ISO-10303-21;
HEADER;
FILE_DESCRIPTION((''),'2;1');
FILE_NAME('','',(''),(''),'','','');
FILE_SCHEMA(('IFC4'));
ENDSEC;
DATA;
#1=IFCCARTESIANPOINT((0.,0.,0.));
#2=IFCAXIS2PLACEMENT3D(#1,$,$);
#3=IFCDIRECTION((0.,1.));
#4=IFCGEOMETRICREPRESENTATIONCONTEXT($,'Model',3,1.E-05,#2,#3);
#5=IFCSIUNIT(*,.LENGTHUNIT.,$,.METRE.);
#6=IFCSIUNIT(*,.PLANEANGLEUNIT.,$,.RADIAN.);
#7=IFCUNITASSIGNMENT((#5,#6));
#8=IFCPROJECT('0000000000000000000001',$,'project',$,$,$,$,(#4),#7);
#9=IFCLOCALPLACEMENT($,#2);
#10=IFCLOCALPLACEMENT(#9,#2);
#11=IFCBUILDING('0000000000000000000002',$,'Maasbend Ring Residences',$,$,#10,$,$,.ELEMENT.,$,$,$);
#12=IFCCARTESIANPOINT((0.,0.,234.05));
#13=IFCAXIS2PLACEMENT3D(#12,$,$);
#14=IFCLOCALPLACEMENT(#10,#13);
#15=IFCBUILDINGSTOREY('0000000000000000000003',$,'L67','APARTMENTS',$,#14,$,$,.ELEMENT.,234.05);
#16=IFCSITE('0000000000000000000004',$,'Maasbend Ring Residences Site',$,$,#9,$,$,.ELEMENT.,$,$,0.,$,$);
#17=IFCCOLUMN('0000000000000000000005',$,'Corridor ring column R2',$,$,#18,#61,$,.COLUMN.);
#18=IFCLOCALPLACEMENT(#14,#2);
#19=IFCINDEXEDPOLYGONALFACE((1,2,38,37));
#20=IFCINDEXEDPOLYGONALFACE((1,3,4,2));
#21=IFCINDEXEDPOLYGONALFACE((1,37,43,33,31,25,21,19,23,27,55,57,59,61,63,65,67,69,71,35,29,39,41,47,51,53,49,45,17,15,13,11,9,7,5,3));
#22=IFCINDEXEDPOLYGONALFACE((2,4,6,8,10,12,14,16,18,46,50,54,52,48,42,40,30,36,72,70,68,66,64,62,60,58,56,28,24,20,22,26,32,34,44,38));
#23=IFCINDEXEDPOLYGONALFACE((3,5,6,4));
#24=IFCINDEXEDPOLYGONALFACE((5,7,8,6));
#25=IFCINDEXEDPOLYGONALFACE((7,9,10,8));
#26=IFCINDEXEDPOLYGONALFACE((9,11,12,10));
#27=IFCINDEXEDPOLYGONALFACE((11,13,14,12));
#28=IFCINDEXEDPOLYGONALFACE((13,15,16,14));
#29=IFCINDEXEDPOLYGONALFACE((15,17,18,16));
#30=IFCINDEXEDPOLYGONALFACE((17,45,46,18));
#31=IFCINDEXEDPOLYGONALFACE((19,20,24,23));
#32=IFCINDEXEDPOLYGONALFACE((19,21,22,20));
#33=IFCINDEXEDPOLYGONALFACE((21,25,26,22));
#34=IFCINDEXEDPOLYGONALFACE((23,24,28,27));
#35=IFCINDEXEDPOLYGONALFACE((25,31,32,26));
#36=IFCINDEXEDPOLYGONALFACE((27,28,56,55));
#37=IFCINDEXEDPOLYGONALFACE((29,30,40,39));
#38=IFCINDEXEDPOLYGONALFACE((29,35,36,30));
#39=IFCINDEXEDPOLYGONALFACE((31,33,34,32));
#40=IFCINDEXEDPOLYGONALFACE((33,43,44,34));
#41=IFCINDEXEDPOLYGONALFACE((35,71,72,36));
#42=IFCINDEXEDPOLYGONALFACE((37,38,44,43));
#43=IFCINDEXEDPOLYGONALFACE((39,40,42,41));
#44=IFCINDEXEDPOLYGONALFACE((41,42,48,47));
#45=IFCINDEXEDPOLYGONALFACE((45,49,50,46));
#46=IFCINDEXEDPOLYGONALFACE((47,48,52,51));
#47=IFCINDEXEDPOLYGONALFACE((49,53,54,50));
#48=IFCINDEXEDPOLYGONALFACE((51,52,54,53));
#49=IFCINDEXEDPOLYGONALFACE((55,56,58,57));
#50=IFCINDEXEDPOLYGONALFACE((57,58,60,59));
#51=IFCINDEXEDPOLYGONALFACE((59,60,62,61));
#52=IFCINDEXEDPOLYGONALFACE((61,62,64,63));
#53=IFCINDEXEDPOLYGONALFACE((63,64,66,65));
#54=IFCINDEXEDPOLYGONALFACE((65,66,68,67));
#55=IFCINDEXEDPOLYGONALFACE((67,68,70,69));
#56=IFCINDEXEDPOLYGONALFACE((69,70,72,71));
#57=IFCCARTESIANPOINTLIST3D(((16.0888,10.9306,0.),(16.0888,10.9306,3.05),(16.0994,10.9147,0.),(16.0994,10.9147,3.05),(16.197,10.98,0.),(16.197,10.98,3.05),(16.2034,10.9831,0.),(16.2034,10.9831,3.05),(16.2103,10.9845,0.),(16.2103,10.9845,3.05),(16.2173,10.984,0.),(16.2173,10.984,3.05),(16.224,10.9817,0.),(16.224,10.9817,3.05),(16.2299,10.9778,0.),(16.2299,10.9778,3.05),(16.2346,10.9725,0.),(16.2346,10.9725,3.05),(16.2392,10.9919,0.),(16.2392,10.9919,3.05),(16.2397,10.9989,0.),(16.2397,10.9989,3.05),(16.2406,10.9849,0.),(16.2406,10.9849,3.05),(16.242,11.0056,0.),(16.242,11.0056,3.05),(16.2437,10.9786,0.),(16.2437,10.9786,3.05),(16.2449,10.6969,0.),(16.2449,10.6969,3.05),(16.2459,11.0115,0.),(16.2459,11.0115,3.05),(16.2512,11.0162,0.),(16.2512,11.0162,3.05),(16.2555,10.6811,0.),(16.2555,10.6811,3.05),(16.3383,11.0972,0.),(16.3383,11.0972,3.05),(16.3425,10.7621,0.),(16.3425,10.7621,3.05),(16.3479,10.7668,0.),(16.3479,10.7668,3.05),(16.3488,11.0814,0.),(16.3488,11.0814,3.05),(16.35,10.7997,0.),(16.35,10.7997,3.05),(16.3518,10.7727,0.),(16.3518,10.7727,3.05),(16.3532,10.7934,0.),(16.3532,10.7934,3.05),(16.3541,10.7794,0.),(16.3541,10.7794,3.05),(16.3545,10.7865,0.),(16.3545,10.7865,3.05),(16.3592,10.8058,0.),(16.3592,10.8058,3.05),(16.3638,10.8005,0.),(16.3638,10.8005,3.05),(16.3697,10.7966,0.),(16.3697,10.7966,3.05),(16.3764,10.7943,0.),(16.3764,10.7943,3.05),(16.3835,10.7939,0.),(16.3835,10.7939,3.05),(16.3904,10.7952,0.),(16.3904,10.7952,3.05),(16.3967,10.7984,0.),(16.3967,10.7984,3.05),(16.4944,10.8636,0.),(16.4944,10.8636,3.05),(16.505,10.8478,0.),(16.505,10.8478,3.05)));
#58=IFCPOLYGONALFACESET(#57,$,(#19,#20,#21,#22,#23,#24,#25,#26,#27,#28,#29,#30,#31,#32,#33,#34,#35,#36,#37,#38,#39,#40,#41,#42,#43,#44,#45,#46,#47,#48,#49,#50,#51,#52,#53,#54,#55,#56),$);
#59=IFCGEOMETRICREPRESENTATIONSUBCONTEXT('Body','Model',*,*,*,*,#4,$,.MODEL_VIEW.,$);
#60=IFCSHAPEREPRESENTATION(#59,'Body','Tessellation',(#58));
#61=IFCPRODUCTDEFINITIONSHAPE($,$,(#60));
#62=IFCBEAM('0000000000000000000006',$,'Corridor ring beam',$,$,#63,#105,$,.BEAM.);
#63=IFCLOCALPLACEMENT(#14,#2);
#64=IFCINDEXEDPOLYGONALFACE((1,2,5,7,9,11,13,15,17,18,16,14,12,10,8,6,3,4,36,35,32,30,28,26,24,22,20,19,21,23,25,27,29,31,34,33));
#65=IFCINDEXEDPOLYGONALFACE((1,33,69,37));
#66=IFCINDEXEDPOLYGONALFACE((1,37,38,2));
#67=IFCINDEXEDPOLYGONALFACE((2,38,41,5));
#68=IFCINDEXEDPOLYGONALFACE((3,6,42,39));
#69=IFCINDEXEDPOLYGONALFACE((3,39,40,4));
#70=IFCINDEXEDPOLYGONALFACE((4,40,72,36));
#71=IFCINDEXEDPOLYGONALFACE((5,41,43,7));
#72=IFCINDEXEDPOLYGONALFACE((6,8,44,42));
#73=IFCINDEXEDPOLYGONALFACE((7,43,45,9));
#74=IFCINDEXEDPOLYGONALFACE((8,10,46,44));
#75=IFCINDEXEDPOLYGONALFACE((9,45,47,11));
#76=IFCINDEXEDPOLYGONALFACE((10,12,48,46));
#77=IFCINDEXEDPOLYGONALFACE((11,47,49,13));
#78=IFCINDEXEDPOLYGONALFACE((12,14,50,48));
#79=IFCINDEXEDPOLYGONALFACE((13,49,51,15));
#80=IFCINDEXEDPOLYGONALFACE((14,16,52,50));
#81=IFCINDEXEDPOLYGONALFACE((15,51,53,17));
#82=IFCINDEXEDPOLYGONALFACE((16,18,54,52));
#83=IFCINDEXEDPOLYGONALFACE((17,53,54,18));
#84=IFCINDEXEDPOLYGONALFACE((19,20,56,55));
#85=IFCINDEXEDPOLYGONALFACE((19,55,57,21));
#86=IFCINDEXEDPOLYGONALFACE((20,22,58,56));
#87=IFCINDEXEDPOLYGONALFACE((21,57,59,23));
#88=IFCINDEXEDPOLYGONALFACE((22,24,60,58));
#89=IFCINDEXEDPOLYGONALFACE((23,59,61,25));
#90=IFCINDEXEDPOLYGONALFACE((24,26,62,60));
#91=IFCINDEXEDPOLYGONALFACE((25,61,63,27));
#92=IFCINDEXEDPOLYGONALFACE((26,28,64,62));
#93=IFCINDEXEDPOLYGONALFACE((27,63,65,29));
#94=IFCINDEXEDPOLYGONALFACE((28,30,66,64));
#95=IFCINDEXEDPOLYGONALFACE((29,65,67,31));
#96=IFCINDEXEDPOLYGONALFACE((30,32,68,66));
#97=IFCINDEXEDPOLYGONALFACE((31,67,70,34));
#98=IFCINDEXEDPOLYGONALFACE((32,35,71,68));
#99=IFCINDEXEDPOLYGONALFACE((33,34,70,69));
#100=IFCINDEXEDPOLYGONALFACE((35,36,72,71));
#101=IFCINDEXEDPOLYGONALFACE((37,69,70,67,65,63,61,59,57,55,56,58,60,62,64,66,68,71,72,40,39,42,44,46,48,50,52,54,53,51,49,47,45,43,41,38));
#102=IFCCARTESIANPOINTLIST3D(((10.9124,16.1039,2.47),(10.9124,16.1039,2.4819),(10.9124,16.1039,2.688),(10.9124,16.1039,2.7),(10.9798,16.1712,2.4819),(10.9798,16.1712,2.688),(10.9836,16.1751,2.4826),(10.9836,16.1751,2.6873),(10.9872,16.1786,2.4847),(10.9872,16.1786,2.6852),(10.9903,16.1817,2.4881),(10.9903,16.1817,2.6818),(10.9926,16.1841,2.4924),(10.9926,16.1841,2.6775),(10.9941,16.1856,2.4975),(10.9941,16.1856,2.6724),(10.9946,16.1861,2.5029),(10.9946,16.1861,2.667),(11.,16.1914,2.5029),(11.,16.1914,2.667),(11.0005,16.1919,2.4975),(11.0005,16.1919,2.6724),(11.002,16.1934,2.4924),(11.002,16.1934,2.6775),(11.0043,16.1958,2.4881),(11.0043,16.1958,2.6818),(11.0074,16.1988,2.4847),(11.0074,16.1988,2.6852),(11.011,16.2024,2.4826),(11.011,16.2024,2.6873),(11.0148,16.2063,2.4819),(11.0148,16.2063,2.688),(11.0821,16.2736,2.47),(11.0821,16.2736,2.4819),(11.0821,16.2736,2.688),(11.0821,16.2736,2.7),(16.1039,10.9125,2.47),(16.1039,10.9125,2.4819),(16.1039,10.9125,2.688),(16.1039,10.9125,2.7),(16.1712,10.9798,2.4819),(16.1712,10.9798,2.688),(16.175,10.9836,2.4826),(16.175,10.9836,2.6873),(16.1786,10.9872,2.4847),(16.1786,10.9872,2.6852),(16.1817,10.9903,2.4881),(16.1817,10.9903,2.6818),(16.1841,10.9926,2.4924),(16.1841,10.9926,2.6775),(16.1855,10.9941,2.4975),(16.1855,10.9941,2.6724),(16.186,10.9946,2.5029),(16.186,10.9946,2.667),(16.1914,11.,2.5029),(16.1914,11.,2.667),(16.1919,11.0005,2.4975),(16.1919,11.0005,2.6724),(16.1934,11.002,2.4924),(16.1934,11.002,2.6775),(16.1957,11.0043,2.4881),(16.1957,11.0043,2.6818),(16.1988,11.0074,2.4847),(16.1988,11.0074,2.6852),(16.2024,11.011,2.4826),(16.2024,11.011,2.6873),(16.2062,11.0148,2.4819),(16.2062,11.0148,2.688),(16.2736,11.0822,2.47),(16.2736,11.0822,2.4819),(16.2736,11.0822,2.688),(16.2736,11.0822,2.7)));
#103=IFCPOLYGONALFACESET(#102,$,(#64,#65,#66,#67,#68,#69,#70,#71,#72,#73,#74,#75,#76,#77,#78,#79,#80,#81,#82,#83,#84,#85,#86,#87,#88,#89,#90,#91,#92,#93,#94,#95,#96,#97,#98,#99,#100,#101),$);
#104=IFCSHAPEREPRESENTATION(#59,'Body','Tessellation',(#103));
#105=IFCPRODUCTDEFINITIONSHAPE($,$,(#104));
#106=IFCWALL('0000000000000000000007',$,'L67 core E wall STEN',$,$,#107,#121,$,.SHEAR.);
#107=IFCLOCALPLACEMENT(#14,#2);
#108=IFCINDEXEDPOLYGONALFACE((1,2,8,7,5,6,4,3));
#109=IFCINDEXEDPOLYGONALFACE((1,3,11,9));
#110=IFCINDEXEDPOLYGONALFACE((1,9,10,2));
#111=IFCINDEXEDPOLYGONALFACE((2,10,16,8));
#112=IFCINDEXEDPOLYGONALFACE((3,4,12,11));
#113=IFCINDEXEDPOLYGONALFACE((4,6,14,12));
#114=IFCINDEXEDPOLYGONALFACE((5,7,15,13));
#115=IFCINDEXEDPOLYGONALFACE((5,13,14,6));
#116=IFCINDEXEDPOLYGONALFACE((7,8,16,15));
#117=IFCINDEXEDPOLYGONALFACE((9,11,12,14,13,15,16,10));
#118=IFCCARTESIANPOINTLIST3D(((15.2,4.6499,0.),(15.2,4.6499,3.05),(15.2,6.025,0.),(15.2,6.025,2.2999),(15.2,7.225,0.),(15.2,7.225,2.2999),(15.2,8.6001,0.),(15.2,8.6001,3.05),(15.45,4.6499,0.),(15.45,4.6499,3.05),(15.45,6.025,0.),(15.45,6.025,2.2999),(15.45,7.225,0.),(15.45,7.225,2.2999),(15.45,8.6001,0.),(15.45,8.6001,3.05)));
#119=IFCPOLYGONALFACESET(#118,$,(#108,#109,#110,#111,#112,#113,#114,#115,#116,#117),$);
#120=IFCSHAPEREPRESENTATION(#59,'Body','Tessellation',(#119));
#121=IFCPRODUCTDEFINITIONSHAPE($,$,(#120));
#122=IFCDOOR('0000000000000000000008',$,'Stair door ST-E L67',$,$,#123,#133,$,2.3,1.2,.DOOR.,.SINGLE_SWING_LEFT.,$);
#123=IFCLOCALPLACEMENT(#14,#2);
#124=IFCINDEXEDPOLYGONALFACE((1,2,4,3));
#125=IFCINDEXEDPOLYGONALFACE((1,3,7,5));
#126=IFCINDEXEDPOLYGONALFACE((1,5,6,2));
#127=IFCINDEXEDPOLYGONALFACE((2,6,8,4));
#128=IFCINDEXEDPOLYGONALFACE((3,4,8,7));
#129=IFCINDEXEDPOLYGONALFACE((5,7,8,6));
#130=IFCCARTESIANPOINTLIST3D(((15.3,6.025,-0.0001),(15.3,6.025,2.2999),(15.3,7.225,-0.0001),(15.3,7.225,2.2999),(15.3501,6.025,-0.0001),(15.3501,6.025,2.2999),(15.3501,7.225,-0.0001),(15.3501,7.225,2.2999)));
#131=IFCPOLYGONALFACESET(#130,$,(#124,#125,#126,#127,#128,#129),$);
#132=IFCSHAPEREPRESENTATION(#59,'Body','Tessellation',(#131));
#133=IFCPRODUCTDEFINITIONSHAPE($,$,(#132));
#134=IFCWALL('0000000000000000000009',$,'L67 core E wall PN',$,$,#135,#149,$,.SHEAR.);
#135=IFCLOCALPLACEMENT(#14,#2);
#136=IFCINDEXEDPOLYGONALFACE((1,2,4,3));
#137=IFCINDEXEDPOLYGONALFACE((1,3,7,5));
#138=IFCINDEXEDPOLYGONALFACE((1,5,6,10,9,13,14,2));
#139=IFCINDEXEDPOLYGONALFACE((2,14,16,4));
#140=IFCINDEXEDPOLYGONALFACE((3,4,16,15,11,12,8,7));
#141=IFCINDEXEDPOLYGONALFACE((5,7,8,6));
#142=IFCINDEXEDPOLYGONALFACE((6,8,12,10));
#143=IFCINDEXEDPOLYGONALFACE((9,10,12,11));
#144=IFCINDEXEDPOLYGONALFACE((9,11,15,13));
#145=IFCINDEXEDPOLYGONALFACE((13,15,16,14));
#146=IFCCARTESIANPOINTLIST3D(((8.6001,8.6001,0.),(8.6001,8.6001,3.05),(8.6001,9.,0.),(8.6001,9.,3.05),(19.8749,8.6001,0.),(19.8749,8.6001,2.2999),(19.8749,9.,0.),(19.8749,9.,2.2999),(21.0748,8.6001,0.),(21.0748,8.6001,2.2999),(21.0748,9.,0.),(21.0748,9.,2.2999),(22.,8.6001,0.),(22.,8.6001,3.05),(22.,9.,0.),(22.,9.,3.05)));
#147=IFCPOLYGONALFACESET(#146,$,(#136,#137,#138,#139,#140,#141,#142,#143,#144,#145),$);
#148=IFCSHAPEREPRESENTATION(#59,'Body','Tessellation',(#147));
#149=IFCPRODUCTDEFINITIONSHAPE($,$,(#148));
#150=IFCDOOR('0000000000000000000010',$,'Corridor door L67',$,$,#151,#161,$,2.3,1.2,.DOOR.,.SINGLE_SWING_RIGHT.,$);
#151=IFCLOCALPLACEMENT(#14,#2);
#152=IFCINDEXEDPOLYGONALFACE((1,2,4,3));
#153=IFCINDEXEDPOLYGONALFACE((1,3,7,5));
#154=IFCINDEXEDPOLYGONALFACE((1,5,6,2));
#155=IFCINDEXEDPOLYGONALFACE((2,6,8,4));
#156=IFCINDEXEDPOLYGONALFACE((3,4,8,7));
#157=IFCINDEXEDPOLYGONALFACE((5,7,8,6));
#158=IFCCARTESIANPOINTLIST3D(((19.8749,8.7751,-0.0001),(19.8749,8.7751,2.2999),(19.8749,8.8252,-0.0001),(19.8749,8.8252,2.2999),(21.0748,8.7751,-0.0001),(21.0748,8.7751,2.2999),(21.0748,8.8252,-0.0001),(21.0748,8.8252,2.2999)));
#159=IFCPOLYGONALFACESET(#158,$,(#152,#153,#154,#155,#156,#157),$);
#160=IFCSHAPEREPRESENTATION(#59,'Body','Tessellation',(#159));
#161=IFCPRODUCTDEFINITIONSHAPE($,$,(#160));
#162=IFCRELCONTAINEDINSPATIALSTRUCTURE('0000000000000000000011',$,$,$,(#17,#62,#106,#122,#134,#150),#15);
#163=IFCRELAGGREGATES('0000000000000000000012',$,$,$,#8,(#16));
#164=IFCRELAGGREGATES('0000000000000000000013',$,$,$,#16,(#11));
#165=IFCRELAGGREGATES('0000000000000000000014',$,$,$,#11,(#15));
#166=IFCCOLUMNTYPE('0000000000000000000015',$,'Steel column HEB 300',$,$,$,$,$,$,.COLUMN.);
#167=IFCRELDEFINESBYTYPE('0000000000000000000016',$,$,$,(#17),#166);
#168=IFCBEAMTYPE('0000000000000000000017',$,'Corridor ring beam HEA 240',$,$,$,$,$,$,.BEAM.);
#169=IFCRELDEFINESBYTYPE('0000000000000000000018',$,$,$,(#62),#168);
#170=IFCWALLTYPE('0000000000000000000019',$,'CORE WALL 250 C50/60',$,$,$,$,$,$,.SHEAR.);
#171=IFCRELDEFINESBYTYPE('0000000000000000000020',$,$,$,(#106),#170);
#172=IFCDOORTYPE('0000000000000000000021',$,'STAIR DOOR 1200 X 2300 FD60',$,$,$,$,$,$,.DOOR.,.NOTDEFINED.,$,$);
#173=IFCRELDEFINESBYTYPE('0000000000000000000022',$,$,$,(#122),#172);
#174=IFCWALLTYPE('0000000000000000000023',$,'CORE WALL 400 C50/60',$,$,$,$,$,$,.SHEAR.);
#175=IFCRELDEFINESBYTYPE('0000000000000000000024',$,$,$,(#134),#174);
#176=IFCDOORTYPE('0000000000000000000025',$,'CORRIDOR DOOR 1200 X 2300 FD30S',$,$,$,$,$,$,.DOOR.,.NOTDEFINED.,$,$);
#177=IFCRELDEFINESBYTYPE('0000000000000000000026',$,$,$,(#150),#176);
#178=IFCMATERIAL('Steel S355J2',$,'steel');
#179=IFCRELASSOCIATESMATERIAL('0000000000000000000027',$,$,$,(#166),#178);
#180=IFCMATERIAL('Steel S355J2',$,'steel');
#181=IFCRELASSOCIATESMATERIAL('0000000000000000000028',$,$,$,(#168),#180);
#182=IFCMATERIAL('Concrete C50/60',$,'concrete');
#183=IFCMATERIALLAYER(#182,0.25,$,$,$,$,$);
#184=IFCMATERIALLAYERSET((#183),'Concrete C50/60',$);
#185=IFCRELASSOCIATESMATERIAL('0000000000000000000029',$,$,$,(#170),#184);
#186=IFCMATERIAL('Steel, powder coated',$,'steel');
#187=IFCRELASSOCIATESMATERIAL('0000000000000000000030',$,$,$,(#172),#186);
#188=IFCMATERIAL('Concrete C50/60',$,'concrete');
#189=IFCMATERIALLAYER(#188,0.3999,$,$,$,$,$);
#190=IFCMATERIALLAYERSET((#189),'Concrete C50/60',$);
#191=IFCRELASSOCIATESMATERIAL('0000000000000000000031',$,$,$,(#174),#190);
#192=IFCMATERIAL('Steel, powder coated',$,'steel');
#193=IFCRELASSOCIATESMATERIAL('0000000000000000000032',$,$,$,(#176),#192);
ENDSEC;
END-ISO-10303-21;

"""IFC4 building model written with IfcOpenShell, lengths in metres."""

from ifc_helpers import new_model, si_unit, direction, frame, frame_2d, origin, origin_2d, place, context, subcontext, project, spatial, rectangle, i_section, extrude, material, layer, layer_set, material_profile, profile_set, type_object, element, fill, save


model = new_model("IFC4")

# Units and contexts
model_context = context("Model", 3, precision=1e-05, world=origin(), true_north=direction((0.0, 1.0)))
body_context = subcontext(model_context, "Body", "Model", "MODEL_VIEW")
ifc_project = project(units=[si_unit("LENGTHUNIT", "METRE"), si_unit("PLANEANGLEUNIT", "RADIAN")], contexts=[model_context])

# Site, building, storey
site_placement = place(None, origin())
site = spatial("IfcSite", under=ifc_project, at=site_placement, Name="Maasbend Ring Residences Site", CompositionType="ELEMENT", RefElevation=0.0)
building_placement = place(site_placement, origin())
building = spatial("IfcBuilding", under=site, at=building_placement, Name="Maasbend Ring Residences", CompositionType="ELEMENT")
storey_placement = place(building_placement, frame((0.0, 0.0, 234.05)))
storey = spatial("IfcBuildingStorey", under=building, at=storey_placement, Name="L67", Description="APARTMENTS", CompositionType="ELEMENT", Elevation=234.05)

# Column
ifc_material_1 = material(Name="Steel S355J2", Category="steel")
ifc_material_profile_1 = material_profile(ifc_material_1, i_section(OverallWidth=0.3, OverallDepth=0.3, WebThickness=0.011, FlangeThickness=0.019, FilletRadius=0.0271, at=origin_2d()), Name="HEB 300")
ifc_profile_set_1 = profile_set([ifc_material_profile_1], Name="Steel S355J2")
column_type = type_object("IfcColumnType", Name="Steel column HEB 300", PredefinedType="COLUMN", material=ifc_profile_set_1)
column_placement = place(storey_placement, frame((16.2969, 10.8892, 0.0), z_axis=(0.0, 0.0, 1.0), x_axis=(0.83147, 0.55557, 0.0)))
element("IfcColumn", 1, at=column_placement, inside=storey, type_object=column_type, Name="Corridor ring column R2", PredefinedType="COLUMN", context=body_context, shape_type="SweptSolid", body=[
    extrude(i_section(OverallWidth=0.3, OverallDepth=0.3, WebThickness=0.011, FlangeThickness=0.019, FilletRadius=0.0271, at=origin_2d()), origin(), (0.0, 0.0, 1.0), 3.05),
])

# Beam
ifc_material_2 = material(Name="Steel S355J2", Category="steel")
ifc_material_profile_2 = material_profile(ifc_material_2, i_section(OverallWidth=0.24, OverallDepth=0.23, WebThickness=0.0076, FlangeThickness=0.012, FilletRadius=0.021, at=origin_2d()), Name="HEA 240")
ifc_profile_set_2 = profile_set([ifc_material_profile_2], Name="Steel S355J2")
beam_type = type_object("IfcBeamType", Name="Corridor ring beam HEA 240", PredefinedType="BEAM", material=ifc_profile_set_2)
beam_placement = place(storey_placement, frame((16.1887, 10.9973, 2.585), z_axis=(-0.707107, 0.707107, 0.0), x_axis=(-0.707107, -0.707107, 0.0)))
element("IfcBeam", 2, at=beam_placement, inside=storey, type_object=beam_type, Name="Corridor ring beam", PredefinedType="BEAM", context=body_context, shape_type="SweptSolid", body=[
    extrude(i_section(OverallWidth=0.24, OverallDepth=0.23, WebThickness=0.0076, FlangeThickness=0.012, FilletRadius=0.021, at=origin_2d()), origin(), (0.0, 0.0, 1.0), 7.3418),
])

# Walls, openings, doors
ifc_material_3 = material(Name="Concrete C50/60", Category="concrete")
ifc_layer_1 = layer(ifc_material_3, 0.25)
ifc_layer_set_1 = layer_set([ifc_layer_1], Name="Concrete C50/60")
wall_type_1 = type_object("IfcWallType", Name="CORE WALL 250 C50/60", PredefinedType="SHEAR", material=ifc_layer_set_1)
wall_1_placement = place(storey_placement, frame((15.325, 4.6499, 0.0), z_axis=(0.0, 0.0, 1.0), x_axis=(0.0, 1.0, 0.0)))
wall_1 = element("IfcWall", 3, at=wall_1_placement, inside=storey, type_object=wall_type_1, Name="L67 core E wall STEN", PredefinedType="SHEAR", context=body_context, shape_type="SweptSolid", body=[
    extrude(rectangle(XDim=3.9502, YDim=0.25, at=frame_2d((1.9751, 0.0))), origin(), (0.0, 0.0, 1.0), 3.05),
])
opening_1_placement = place(wall_1_placement, frame((1.375, 0.0, 0.0)))
opening_1 = element("IfcOpeningElement", 4, at=opening_1_placement, cuts=wall_1, PredefinedType="OPENING", context=body_context, shape_type="SweptSolid", body=[
    extrude(rectangle(XDim=1.2, YDim=2.3, at=frame_2d((0.6001, 1.1499))), frame((0.0, 0.135, 0.0), z_axis=(0.0, -1.0, 0.0), x_axis=(1.0, 0.0, 0.0)), (0.0, 0.0, 1.0), 0.27),
])
ifc_material_4 = material(Name="Steel, powder coated", Category="steel")
door_type_1 = type_object("IfcDoorType", Name="STAIR DOOR 1200 X 2300 FD60", OperationType="NOTDEFINED", PredefinedType="DOOR", material=ifc_material_4)
door_1_placement = place(opening_1_placement, origin())
door_1 = element("IfcDoor", 5, at=door_1_placement, inside=storey, type_object=door_type_1, Name="Stair door ST-E L67", OperationType="SINGLE_SWING_LEFT", OverallHeight=2.3, OverallWidth=1.2, PredefinedType="DOOR", context=body_context, shape_type="SweptSolid", body=[
    extrude(rectangle(XDim=1.2, YDim=2.3, at=frame_2d((0.6001, 1.1499))), frame((0.0, 0.0249, 0.0), z_axis=(0.0, -1.0, 0.0), x_axis=(1.0, 0.0, 0.0)), (0.0, 0.0, 1.0), 0.05),
])
fill(opening_1, door_1)
ifc_material_5 = material(Name="Concrete C50/60", Category="concrete")
ifc_layer_2 = layer(ifc_material_5, 0.3999)
ifc_layer_set_2 = layer_set([ifc_layer_2], Name="Concrete C50/60")
wall_type_2 = type_object("IfcWallType", Name="CORE WALL 400 C50/60", PredefinedType="SHEAR", material=ifc_layer_set_2)
wall_2_placement = place(storey_placement, frame((22.0, 8.8, 0.0), z_axis=(0.0, 0.0, 1.0), x_axis=(-1.0, 0.0, 0.0)))
wall_2 = element("IfcWall", 6, at=wall_2_placement, inside=storey, type_object=wall_type_2, Name="L67 core E wall PN", PredefinedType="SHEAR", context=body_context, shape_type="SweptSolid", body=[
    extrude(rectangle(XDim=13.3999, YDim=0.3999, at=frame_2d((6.7, 0.0))), origin(), (0.0, 0.0, 1.0), 3.05),
])
opening_2_placement = place(wall_2_placement, frame((0.925, 0.0, 0.0)))
opening_2 = element("IfcOpeningElement", 7, at=opening_2_placement, cuts=wall_2, PredefinedType="OPENING", context=body_context, shape_type="SweptSolid", body=[
    extrude(rectangle(XDim=1.2, YDim=2.3, at=frame_2d((0.6001, 1.1499))), frame((0.0, 0.21, 0.0), z_axis=(0.0, -1.0, 0.0), x_axis=(1.0, 0.0, 0.0)), (0.0, 0.0, 1.0), 0.4199),
])
ifc_material_6 = material(Name="Steel, powder coated", Category="steel")
door_type_2 = type_object("IfcDoorType", Name="CORRIDOR DOOR 1200 X 2300 FD30S", OperationType="NOTDEFINED", PredefinedType="DOOR", material=ifc_material_6)
door_2_placement = place(opening_2_placement, origin())
door_2 = element("IfcDoor", 8, at=door_2_placement, inside=storey, type_object=door_type_2, Name="Corridor door L67", OperationType="SINGLE_SWING_RIGHT", OverallHeight=2.3, OverallWidth=1.2, PredefinedType="DOOR", context=body_context, shape_type="SweptSolid", body=[
    extrude(rectangle(XDim=1.2, YDim=2.3, at=frame_2d((0.6001, 1.1499))), frame((0.0, 0.0249, 0.0), z_axis=(0.0, -1.0, 0.0), x_axis=(1.0, 0.0, 0.0)), (0.0, 0.0, 1.0), 0.05),
])
fill(opening_2, door_2)

save(model, "model.ifc")
